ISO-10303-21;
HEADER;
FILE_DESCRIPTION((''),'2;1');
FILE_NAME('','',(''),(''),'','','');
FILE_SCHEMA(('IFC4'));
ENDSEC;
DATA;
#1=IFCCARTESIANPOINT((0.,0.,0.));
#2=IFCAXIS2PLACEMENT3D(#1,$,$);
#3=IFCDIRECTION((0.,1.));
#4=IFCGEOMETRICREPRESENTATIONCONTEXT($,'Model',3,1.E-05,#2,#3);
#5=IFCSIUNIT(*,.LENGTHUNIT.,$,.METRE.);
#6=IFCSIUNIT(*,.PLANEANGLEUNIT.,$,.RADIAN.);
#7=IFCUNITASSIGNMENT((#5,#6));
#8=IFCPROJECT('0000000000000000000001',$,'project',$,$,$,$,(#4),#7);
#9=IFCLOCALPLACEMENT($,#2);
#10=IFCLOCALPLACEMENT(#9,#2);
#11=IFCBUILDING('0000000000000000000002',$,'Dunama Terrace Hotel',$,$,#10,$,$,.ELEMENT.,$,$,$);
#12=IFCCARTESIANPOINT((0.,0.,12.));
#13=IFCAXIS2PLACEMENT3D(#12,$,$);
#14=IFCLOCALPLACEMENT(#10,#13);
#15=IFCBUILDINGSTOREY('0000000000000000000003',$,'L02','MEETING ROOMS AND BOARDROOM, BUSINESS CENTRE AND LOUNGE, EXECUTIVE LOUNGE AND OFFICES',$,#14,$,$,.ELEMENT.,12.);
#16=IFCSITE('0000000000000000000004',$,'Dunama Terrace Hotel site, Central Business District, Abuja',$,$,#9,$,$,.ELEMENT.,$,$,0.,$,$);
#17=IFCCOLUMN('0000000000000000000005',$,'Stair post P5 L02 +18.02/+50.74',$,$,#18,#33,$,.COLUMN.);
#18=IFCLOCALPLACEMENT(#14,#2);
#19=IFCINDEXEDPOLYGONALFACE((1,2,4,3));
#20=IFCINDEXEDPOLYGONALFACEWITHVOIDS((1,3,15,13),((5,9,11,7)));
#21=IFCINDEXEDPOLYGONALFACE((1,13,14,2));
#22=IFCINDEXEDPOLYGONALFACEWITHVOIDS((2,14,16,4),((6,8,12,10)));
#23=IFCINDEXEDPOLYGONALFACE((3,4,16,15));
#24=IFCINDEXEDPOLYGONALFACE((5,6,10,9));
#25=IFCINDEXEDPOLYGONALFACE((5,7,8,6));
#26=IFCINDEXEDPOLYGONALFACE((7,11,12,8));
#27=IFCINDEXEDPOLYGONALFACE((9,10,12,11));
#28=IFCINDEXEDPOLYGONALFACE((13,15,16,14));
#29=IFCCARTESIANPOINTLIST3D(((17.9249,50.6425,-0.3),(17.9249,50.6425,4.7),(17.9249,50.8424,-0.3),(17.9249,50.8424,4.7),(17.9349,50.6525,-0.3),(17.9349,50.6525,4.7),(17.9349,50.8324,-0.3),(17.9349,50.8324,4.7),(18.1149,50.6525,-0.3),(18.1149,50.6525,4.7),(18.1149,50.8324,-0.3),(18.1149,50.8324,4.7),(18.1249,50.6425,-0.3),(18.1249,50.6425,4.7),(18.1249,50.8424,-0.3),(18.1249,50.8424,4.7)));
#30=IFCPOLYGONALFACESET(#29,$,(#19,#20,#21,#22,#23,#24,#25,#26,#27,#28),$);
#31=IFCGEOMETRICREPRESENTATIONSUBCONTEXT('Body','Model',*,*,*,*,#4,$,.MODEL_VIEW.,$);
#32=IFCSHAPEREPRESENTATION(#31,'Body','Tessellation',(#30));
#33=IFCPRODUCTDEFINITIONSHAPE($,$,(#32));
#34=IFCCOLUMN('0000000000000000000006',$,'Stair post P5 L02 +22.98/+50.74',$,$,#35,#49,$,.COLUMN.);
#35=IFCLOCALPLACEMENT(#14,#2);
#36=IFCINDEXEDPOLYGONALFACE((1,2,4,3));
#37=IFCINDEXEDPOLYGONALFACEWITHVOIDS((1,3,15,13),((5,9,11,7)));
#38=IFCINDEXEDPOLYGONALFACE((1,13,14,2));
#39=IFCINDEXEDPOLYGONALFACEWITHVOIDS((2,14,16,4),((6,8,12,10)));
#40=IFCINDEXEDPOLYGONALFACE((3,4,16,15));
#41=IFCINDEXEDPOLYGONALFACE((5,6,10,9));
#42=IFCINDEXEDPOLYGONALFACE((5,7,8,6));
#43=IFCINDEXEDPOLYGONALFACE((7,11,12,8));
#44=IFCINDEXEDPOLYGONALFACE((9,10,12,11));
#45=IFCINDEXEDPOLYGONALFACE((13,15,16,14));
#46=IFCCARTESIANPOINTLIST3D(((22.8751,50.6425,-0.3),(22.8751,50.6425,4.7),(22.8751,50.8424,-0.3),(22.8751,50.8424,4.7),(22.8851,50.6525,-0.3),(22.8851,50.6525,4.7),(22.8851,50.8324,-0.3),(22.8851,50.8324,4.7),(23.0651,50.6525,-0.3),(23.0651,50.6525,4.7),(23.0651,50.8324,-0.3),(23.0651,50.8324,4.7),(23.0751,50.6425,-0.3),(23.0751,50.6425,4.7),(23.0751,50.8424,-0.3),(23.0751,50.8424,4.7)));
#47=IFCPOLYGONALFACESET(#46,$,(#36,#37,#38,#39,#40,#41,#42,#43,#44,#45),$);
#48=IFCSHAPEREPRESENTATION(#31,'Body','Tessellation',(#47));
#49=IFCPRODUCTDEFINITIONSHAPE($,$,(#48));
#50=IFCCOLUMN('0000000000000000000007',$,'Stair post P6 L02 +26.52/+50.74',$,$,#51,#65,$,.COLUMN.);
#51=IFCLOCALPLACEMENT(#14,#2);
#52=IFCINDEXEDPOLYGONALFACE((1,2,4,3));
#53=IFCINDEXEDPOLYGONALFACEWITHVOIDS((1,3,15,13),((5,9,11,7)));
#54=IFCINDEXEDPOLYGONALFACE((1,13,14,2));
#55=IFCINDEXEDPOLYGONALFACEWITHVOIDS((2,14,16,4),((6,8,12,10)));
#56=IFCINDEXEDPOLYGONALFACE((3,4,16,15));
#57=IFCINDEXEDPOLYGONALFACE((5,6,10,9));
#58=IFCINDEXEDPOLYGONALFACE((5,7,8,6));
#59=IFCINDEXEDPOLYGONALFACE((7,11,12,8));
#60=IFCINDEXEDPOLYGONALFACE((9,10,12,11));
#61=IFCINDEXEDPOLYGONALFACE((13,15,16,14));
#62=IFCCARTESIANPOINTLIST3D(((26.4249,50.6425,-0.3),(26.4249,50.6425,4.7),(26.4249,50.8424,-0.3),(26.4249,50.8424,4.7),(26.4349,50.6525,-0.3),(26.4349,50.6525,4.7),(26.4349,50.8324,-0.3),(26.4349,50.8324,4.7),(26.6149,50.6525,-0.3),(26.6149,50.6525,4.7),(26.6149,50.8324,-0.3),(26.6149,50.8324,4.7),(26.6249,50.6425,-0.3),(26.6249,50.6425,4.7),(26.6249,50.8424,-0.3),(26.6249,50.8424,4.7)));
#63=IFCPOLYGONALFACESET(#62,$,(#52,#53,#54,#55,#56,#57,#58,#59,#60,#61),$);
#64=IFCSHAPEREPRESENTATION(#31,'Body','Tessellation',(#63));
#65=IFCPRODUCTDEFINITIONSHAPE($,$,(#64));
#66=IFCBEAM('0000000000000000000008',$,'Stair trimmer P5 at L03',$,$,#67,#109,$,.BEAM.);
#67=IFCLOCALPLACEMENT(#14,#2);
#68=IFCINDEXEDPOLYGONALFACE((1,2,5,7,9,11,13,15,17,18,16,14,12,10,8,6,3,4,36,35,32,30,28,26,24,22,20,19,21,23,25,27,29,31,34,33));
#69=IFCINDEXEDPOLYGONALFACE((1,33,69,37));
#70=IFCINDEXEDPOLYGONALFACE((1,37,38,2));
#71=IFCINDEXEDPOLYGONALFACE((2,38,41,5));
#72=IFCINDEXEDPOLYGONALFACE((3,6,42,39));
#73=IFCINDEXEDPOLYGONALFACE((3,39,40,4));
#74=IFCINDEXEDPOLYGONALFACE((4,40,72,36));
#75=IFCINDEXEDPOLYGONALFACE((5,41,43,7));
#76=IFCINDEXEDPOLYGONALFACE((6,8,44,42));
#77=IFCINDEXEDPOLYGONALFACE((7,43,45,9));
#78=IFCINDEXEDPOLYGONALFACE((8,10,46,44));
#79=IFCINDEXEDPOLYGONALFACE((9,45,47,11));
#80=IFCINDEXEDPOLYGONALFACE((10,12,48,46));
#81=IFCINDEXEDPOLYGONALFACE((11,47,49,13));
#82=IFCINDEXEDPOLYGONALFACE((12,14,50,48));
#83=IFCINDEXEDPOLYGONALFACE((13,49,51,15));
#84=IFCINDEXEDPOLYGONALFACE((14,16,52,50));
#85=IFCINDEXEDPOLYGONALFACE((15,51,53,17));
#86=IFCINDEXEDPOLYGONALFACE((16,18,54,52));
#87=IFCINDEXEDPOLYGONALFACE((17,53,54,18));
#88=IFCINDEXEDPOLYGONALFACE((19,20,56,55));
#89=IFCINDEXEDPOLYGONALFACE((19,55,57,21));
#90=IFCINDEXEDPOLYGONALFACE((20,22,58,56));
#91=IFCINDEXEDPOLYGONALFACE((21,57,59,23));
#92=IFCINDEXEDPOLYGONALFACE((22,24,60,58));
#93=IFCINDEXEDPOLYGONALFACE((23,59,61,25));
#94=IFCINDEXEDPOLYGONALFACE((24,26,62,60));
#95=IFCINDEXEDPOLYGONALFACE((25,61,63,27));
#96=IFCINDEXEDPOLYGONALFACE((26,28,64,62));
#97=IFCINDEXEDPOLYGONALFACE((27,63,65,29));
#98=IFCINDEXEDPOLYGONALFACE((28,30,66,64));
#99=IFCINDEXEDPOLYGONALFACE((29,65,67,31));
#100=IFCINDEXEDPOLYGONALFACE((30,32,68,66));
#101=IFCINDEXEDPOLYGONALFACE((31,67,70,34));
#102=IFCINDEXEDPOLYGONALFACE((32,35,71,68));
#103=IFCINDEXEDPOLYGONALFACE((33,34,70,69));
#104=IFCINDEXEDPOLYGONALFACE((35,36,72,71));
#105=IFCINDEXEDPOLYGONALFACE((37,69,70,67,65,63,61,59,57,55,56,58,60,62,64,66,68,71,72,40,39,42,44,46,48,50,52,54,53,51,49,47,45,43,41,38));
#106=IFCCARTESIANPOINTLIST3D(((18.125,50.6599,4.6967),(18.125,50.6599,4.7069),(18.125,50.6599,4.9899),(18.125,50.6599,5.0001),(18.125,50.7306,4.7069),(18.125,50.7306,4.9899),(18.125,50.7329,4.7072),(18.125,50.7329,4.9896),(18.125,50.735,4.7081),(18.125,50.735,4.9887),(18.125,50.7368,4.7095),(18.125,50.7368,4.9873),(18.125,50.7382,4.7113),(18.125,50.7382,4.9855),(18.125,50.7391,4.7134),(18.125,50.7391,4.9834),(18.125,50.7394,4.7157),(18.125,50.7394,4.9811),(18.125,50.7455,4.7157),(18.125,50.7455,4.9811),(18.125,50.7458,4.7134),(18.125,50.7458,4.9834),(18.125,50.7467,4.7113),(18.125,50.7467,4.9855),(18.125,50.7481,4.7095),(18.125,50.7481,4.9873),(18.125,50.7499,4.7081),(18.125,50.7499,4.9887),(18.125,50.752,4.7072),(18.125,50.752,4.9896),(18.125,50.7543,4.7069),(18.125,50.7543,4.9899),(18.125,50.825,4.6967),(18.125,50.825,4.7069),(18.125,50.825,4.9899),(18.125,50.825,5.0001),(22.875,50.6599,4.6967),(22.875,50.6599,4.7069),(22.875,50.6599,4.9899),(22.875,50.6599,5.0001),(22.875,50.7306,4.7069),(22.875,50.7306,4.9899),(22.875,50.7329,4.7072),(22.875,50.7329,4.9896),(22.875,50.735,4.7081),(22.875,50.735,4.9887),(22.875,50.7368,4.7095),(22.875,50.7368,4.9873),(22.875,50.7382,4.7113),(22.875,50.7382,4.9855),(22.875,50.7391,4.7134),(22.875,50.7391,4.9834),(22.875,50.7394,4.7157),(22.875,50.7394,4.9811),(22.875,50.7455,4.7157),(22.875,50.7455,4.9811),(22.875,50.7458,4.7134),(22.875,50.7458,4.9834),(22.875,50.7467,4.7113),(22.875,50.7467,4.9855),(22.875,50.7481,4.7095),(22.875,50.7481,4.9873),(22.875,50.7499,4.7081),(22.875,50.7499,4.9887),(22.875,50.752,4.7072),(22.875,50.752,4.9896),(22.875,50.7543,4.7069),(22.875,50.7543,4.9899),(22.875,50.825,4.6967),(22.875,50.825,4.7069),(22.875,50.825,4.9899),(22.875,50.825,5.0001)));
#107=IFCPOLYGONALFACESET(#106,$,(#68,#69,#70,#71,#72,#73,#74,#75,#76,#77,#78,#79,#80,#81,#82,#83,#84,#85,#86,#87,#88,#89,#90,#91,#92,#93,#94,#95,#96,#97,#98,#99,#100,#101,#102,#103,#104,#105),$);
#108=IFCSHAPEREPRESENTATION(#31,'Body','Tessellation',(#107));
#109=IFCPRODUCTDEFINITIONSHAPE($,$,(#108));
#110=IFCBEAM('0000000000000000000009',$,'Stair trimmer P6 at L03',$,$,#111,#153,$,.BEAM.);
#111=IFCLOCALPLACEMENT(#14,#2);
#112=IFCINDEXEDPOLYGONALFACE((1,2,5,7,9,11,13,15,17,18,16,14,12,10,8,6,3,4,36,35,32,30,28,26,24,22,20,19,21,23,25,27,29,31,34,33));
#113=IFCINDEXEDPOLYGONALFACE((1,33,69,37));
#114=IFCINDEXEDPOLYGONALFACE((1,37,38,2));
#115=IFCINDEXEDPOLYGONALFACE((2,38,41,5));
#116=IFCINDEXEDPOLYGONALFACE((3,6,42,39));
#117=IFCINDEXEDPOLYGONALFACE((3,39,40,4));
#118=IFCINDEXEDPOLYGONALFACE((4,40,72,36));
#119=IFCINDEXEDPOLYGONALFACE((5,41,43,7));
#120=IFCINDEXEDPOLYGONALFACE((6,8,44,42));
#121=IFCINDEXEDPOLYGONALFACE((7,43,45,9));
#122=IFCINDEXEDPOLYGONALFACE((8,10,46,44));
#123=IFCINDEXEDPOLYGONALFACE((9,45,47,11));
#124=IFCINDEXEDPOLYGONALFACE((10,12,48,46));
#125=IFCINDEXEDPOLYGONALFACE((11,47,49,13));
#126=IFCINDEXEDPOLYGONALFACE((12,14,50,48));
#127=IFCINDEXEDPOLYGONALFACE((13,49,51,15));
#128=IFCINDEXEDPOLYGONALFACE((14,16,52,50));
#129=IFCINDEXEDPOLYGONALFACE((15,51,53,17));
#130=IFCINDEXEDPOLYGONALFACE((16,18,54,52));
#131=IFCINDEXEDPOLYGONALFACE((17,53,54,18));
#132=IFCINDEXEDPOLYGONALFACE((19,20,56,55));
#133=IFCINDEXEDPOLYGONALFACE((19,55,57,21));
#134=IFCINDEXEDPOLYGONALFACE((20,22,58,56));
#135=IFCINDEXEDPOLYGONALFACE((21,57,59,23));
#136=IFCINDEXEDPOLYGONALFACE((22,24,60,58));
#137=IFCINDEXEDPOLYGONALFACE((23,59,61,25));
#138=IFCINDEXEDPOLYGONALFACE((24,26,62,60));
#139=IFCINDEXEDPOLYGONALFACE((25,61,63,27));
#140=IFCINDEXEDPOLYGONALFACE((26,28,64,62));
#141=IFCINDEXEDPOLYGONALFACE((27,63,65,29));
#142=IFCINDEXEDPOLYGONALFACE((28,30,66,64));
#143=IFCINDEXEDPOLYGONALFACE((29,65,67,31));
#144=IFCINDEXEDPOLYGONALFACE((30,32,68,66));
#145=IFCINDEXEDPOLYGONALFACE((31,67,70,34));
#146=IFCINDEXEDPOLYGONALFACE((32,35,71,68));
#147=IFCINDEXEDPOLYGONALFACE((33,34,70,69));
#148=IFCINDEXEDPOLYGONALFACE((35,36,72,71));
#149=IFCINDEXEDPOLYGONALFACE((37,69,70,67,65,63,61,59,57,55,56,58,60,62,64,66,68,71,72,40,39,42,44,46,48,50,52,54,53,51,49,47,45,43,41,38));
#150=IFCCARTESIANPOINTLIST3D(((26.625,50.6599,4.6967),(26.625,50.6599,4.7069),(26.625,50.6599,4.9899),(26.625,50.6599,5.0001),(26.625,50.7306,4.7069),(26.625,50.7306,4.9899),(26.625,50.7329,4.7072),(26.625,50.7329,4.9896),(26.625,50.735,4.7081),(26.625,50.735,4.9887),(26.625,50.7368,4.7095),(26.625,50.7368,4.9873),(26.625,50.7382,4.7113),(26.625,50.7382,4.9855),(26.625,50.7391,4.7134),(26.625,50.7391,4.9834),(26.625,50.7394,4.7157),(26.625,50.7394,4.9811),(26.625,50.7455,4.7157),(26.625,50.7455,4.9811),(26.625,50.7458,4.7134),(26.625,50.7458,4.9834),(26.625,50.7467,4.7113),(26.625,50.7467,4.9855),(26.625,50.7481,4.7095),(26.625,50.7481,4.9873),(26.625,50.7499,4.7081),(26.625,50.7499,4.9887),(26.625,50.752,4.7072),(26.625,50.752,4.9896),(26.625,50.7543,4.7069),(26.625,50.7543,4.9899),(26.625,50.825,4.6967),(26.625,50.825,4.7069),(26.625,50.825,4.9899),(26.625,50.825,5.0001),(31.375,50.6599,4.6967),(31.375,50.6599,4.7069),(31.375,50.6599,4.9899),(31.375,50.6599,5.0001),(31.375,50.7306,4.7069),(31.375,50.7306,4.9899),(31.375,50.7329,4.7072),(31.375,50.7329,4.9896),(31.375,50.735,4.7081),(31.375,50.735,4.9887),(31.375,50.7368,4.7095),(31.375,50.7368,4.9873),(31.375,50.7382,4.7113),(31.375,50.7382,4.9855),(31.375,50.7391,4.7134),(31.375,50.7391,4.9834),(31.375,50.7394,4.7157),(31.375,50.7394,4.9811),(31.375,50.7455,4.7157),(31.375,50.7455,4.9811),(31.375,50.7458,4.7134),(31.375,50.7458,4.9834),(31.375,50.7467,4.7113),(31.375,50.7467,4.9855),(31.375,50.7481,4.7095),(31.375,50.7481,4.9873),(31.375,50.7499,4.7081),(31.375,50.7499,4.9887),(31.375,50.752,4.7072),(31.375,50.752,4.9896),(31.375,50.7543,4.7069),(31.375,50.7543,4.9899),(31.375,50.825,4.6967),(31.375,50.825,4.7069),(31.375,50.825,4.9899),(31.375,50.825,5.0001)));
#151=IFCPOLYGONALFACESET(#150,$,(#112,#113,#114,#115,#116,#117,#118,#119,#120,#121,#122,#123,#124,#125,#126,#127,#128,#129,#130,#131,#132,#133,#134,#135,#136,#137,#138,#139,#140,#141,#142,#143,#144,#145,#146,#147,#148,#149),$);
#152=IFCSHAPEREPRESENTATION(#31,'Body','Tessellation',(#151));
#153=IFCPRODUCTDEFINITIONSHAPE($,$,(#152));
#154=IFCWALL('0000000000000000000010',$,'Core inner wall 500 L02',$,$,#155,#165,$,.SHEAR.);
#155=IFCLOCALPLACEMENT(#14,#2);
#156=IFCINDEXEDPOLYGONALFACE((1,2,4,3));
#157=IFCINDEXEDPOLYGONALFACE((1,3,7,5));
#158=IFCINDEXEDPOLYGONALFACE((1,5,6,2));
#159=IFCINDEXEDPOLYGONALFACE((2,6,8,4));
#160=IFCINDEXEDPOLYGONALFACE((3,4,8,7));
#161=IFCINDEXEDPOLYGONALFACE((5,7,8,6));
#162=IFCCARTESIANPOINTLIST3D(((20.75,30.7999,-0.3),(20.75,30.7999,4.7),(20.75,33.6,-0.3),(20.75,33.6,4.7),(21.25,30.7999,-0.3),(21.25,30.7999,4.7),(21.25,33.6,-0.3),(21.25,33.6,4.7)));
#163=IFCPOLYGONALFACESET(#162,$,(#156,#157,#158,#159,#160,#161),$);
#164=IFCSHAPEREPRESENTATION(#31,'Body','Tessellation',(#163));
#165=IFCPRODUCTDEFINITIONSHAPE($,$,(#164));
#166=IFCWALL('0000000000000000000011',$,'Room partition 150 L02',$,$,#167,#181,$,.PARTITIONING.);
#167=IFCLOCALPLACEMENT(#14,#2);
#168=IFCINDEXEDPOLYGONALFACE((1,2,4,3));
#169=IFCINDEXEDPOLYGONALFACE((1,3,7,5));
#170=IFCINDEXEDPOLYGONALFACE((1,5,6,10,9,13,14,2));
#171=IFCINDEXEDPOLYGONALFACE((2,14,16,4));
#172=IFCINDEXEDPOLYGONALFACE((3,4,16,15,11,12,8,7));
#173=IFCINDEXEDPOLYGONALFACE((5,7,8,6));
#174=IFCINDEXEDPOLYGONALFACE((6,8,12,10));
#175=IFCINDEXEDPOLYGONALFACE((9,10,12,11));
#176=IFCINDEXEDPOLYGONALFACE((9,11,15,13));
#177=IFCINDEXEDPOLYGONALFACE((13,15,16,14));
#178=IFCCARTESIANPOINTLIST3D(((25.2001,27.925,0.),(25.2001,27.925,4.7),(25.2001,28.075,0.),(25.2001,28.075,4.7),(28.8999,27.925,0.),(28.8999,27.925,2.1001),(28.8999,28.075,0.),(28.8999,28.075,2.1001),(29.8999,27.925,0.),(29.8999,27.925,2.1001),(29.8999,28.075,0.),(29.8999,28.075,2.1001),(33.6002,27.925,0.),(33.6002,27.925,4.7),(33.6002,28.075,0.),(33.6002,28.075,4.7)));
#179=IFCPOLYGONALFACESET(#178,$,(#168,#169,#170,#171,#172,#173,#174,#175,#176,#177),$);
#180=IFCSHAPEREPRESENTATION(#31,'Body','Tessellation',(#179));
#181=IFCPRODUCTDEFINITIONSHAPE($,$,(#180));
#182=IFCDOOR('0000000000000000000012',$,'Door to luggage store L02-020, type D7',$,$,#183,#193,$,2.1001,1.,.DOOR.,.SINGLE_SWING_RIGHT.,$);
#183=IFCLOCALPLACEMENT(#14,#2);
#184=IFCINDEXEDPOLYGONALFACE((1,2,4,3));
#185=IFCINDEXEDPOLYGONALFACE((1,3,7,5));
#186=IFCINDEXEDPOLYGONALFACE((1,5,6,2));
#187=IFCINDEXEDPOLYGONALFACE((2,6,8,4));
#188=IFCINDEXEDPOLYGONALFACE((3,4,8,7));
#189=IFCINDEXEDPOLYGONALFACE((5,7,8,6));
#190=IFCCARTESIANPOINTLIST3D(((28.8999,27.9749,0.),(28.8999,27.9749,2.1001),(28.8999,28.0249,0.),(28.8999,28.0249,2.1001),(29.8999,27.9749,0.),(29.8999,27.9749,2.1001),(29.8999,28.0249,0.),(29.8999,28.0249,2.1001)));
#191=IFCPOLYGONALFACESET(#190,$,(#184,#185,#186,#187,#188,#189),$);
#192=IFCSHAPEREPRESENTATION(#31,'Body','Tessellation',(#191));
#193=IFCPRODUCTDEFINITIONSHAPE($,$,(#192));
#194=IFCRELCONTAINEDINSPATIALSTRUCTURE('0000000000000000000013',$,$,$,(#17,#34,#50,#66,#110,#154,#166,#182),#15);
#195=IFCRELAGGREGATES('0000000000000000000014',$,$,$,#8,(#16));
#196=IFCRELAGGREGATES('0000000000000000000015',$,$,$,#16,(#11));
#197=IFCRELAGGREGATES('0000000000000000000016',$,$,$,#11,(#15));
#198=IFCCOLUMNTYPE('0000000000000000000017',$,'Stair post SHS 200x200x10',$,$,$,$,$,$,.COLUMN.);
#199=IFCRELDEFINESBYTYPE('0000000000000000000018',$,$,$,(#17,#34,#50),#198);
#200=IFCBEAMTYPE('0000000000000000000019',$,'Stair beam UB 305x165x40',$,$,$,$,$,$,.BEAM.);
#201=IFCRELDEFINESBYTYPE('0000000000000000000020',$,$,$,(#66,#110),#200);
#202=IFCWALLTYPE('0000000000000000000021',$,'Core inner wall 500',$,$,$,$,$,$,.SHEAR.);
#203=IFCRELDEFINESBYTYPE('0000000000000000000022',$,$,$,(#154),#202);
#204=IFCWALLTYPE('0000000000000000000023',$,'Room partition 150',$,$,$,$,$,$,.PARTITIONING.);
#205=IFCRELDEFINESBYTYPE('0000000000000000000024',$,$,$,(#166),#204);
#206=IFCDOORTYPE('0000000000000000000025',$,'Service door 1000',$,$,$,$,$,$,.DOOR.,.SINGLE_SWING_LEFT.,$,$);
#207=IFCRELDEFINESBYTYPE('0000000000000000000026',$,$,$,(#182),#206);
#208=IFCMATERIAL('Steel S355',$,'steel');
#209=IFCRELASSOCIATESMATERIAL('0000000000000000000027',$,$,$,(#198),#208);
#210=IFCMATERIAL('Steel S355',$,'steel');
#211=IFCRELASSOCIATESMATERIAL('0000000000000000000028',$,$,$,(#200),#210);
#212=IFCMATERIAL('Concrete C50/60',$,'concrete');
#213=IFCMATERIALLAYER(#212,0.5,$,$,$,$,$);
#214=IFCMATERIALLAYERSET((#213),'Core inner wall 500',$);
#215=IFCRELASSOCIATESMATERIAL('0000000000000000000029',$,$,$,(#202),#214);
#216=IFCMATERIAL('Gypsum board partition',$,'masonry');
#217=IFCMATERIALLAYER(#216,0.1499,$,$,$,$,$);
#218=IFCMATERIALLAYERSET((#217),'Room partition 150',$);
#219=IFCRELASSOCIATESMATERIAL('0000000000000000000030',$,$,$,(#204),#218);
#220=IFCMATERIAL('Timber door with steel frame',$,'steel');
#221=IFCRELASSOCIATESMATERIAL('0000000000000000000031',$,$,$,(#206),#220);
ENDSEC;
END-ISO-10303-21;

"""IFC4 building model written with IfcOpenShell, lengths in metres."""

from ifc_helpers import new_model, si_unit, direction, frame, frame_2d, origin, origin_2d, place, context, subcontext, project, spatial, rectangle, hollow_rectangle, i_section, extrude, material, layer, layer_set, material_profile, profile_set, type_object, element, fill, save


model = new_model("IFC4")

# Units and contexts
model_context = context("Model", 3, precision=1e-05, world=origin(), true_north=direction((0.0, 1.0)))
body_context = subcontext(model_context, "Body", "Model", "MODEL_VIEW")
ifc_project = project(units=[si_unit("LENGTHUNIT", "METRE"), si_unit("PLANEANGLEUNIT", "RADIAN")], contexts=[model_context])

# Site, building, storey
site_placement = place(None, origin())
site = spatial("IfcSite", under=ifc_project, at=site_placement, Name="Dunama Terrace Hotel site, Central Business District, Abuja", CompositionType="ELEMENT", RefElevation=0.0)
building_placement = place(site_placement, origin())
building = spatial("IfcBuilding", under=site, at=building_placement, Name="Dunama Terrace Hotel", CompositionType="ELEMENT")
storey_placement = place(building_placement, frame((0.0, 0.0, 12.0)))
storey = spatial("IfcBuildingStorey", under=building, at=storey_placement, Name="L02", Description="MEETING ROOMS AND BOARDROOM, BUSINESS CENTRE AND LOUNGE, EXECUTIVE LOUNGE AND OFFICES", CompositionType="ELEMENT", Elevation=12.0)

# Columns
ifc_material_1 = material(Name="Steel S355", Category="steel")
ifc_material_profile_1 = material_profile(ifc_material_1, hollow_rectangle(XDim=0.2, YDim=0.2, WallThickness=0.01, at=origin_2d()), Name="SHS 200x200x10")
ifc_profile_set_1 = profile_set([ifc_material_profile_1], Name="Steel S355")
column_type = type_object("IfcColumnType", Name="Stair post SHS 200x200x10", PredefinedType="COLUMN", material=ifc_profile_set_1)
for number, where, z_axis, x_axis, name in (
    (1, (18.0249, 50.7424, -0.3), (0.0, 0.0, 1.0), (1.0, 0.0, 0.0), "Stair post P5 L02 +18.02/+50.74"),
    (2, (22.9751, 50.7424, -0.3), (0.0, 0.0, 1.0), (1.0, 0.0, 0.0), "Stair post P5 L02 +22.98/+50.74"),
    (3, (26.5249, 50.7424, -0.3), (0.0, 0.0, 1.0), (1.0, 0.0, 0.0), "Stair post P6 L02 +26.52/+50.74"),
):
    element("IfcColumn", number, at=place(storey_placement, frame(where, z_axis=z_axis, x_axis=x_axis)), inside=storey, type_object=column_type, Name=name, PredefinedType="COLUMN", context=body_context, shape_type="SweptSolid", body=[
        extrude(hollow_rectangle(XDim=0.2, YDim=0.2, WallThickness=0.01, at=origin_2d()), origin(), (0.0, 0.0, 1.0), 5.0),
    ])

# Beams
ifc_material_2 = material(Name="Steel S355", Category="steel")
ifc_material_profile_2 = material_profile(ifc_material_2, i_section(OverallWidth=0.165, OverallDepth=0.3035, WebThickness=0.0061, FlangeThickness=0.0103, FilletRadius=0.0088, at=origin_2d()), Name="UB 305x165x40")
ifc_profile_set_2 = profile_set([ifc_material_profile_2], Name="Steel S355")
beam_type = type_object("IfcBeamType", Name="Stair beam UB 305x165x40", PredefinedType="BEAM", material=ifc_profile_set_2)
for number, where, z_axis, x_axis, name in (
    (4, (18.125, 50.7424, 4.8484), (1.0, 0.0, 0.0), (0.0, 1.0, 0.0), "Stair trimmer P5 at L03"),
    (5, (26.625, 50.7424, 4.8484), (1.0, 0.0, 0.0), (0.0, 1.0, 0.0), "Stair trimmer P6 at L03"),
):
    element("IfcBeam", number, at=place(storey_placement, frame(where, z_axis=z_axis, x_axis=x_axis)), inside=storey, type_object=beam_type, Name=name, PredefinedType="BEAM", context=body_context, shape_type="SweptSolid", body=[
        extrude(i_section(OverallWidth=0.165, OverallDepth=0.3035, WebThickness=0.0061, FlangeThickness=0.0103, FilletRadius=0.0088, at=origin_2d()), origin(), (0.0, 0.0, 1.0), 4.75),
    ])

# Wall
ifc_material_3 = material(Name="Concrete C50/60", Category="concrete")
ifc_layer_1 = layer(ifc_material_3, 0.5)
ifc_layer_set_1 = layer_set([ifc_layer_1], Name="Core inner wall 500")
wall_type_1 = type_object("IfcWallType", Name="Core inner wall 500", PredefinedType="SHEAR", material=ifc_layer_set_1)
wall_1_placement = place(storey_placement, frame((21.0, 30.8, -0.3), z_axis=(0.0, 0.0, 1.0), x_axis=(0.0, 1.0, 0.0)))
element("IfcWall", 6, at=wall_1_placement, inside=storey, type_object=wall_type_1, Name="Core inner wall 500 L02", PredefinedType="SHEAR", context=body_context, shape_type="SweptSolid", body=[
    extrude(rectangle(XDim=2.8, YDim=0.5, at=frame_2d((1.3999, 0.0))), origin(), (0.0, 0.0, 1.0), 5.0),
])

# Wall, opening, door
ifc_material_4 = material(Name="Gypsum board partition", Category="masonry")
ifc_layer_2 = layer(ifc_material_4, 0.1499)
ifc_layer_set_2 = layer_set([ifc_layer_2], Name="Room partition 150")
wall_type_2 = type_object("IfcWallType", Name="Room partition 150", PredefinedType="PARTITIONING", material=ifc_layer_set_2)
wall_2_placement = place(storey_placement, frame((25.2, 28.0, 0.0), z_axis=(0.0, 0.0, 1.0), x_axis=(1.0, 0.0, 0.0)))
wall_2 = element("IfcWall", 7, at=wall_2_placement, inside=storey, type_object=wall_type_2, Name="Room partition 150 L02", PredefinedType="PARTITIONING", context=body_context, shape_type="SweptSolid", body=[
    extrude(rectangle(XDim=8.4001, YDim=0.1499, at=frame_2d((4.2002, 0.0))), origin(), (0.0, 0.0, 1.0), 4.7),
])
opening_1_placement = place(wall_2_placement, frame((3.7, 0.0, 0.0)))
opening_1 = element("IfcOpeningElement", 8, at=opening_1_placement, cuts=wall_2, PredefinedType="OPENING", context=body_context, shape_type="SweptSolid", body=[
    extrude(rectangle(XDim=1.0, YDim=2.1001, at=frame_2d((0.5, 1.05))), frame((0.0, 0.085, 0.0), z_axis=(0.0, -1.0, 0.0), x_axis=(1.0, 0.0, 0.0)), (0.0, 0.0, 1.0), 0.1699),
])
ifc_material_5 = material(Name="Timber door with steel frame", Category="steel")
door_type_1 = type_object("IfcDoorType", Name="Service door 1000", OperationType="SINGLE_SWING_LEFT", PredefinedType="DOOR", material=ifc_material_5)
door_1_placement = place(opening_1_placement, frame((1.0, 0.0, 0.0), z_axis=(0.0, 0.0, 1.0), x_axis=(-1.0, 0.0, 0.0)))
door_1 = element("IfcDoor", 9, at=door_1_placement, inside=storey, type_object=door_type_1, Name="Door to luggage store L02-020, type D7", OperationType="SINGLE_SWING_RIGHT", OverallHeight=2.1001, OverallWidth=1.0, PredefinedType="DOOR", context=body_context, shape_type="SweptSolid", body=[
    extrude(rectangle(XDim=1.0, YDim=2.1001, at=frame_2d((0.5, 1.05))), frame((0.0, 0.0251, 0.0), z_axis=(0.0, -1.0, 0.0), x_axis=(1.0, 0.0, 0.0)), (0.0, 0.0, 1.0), 0.05),
])
fill(opening_1, door_1)

save(model, "model.ifc")
